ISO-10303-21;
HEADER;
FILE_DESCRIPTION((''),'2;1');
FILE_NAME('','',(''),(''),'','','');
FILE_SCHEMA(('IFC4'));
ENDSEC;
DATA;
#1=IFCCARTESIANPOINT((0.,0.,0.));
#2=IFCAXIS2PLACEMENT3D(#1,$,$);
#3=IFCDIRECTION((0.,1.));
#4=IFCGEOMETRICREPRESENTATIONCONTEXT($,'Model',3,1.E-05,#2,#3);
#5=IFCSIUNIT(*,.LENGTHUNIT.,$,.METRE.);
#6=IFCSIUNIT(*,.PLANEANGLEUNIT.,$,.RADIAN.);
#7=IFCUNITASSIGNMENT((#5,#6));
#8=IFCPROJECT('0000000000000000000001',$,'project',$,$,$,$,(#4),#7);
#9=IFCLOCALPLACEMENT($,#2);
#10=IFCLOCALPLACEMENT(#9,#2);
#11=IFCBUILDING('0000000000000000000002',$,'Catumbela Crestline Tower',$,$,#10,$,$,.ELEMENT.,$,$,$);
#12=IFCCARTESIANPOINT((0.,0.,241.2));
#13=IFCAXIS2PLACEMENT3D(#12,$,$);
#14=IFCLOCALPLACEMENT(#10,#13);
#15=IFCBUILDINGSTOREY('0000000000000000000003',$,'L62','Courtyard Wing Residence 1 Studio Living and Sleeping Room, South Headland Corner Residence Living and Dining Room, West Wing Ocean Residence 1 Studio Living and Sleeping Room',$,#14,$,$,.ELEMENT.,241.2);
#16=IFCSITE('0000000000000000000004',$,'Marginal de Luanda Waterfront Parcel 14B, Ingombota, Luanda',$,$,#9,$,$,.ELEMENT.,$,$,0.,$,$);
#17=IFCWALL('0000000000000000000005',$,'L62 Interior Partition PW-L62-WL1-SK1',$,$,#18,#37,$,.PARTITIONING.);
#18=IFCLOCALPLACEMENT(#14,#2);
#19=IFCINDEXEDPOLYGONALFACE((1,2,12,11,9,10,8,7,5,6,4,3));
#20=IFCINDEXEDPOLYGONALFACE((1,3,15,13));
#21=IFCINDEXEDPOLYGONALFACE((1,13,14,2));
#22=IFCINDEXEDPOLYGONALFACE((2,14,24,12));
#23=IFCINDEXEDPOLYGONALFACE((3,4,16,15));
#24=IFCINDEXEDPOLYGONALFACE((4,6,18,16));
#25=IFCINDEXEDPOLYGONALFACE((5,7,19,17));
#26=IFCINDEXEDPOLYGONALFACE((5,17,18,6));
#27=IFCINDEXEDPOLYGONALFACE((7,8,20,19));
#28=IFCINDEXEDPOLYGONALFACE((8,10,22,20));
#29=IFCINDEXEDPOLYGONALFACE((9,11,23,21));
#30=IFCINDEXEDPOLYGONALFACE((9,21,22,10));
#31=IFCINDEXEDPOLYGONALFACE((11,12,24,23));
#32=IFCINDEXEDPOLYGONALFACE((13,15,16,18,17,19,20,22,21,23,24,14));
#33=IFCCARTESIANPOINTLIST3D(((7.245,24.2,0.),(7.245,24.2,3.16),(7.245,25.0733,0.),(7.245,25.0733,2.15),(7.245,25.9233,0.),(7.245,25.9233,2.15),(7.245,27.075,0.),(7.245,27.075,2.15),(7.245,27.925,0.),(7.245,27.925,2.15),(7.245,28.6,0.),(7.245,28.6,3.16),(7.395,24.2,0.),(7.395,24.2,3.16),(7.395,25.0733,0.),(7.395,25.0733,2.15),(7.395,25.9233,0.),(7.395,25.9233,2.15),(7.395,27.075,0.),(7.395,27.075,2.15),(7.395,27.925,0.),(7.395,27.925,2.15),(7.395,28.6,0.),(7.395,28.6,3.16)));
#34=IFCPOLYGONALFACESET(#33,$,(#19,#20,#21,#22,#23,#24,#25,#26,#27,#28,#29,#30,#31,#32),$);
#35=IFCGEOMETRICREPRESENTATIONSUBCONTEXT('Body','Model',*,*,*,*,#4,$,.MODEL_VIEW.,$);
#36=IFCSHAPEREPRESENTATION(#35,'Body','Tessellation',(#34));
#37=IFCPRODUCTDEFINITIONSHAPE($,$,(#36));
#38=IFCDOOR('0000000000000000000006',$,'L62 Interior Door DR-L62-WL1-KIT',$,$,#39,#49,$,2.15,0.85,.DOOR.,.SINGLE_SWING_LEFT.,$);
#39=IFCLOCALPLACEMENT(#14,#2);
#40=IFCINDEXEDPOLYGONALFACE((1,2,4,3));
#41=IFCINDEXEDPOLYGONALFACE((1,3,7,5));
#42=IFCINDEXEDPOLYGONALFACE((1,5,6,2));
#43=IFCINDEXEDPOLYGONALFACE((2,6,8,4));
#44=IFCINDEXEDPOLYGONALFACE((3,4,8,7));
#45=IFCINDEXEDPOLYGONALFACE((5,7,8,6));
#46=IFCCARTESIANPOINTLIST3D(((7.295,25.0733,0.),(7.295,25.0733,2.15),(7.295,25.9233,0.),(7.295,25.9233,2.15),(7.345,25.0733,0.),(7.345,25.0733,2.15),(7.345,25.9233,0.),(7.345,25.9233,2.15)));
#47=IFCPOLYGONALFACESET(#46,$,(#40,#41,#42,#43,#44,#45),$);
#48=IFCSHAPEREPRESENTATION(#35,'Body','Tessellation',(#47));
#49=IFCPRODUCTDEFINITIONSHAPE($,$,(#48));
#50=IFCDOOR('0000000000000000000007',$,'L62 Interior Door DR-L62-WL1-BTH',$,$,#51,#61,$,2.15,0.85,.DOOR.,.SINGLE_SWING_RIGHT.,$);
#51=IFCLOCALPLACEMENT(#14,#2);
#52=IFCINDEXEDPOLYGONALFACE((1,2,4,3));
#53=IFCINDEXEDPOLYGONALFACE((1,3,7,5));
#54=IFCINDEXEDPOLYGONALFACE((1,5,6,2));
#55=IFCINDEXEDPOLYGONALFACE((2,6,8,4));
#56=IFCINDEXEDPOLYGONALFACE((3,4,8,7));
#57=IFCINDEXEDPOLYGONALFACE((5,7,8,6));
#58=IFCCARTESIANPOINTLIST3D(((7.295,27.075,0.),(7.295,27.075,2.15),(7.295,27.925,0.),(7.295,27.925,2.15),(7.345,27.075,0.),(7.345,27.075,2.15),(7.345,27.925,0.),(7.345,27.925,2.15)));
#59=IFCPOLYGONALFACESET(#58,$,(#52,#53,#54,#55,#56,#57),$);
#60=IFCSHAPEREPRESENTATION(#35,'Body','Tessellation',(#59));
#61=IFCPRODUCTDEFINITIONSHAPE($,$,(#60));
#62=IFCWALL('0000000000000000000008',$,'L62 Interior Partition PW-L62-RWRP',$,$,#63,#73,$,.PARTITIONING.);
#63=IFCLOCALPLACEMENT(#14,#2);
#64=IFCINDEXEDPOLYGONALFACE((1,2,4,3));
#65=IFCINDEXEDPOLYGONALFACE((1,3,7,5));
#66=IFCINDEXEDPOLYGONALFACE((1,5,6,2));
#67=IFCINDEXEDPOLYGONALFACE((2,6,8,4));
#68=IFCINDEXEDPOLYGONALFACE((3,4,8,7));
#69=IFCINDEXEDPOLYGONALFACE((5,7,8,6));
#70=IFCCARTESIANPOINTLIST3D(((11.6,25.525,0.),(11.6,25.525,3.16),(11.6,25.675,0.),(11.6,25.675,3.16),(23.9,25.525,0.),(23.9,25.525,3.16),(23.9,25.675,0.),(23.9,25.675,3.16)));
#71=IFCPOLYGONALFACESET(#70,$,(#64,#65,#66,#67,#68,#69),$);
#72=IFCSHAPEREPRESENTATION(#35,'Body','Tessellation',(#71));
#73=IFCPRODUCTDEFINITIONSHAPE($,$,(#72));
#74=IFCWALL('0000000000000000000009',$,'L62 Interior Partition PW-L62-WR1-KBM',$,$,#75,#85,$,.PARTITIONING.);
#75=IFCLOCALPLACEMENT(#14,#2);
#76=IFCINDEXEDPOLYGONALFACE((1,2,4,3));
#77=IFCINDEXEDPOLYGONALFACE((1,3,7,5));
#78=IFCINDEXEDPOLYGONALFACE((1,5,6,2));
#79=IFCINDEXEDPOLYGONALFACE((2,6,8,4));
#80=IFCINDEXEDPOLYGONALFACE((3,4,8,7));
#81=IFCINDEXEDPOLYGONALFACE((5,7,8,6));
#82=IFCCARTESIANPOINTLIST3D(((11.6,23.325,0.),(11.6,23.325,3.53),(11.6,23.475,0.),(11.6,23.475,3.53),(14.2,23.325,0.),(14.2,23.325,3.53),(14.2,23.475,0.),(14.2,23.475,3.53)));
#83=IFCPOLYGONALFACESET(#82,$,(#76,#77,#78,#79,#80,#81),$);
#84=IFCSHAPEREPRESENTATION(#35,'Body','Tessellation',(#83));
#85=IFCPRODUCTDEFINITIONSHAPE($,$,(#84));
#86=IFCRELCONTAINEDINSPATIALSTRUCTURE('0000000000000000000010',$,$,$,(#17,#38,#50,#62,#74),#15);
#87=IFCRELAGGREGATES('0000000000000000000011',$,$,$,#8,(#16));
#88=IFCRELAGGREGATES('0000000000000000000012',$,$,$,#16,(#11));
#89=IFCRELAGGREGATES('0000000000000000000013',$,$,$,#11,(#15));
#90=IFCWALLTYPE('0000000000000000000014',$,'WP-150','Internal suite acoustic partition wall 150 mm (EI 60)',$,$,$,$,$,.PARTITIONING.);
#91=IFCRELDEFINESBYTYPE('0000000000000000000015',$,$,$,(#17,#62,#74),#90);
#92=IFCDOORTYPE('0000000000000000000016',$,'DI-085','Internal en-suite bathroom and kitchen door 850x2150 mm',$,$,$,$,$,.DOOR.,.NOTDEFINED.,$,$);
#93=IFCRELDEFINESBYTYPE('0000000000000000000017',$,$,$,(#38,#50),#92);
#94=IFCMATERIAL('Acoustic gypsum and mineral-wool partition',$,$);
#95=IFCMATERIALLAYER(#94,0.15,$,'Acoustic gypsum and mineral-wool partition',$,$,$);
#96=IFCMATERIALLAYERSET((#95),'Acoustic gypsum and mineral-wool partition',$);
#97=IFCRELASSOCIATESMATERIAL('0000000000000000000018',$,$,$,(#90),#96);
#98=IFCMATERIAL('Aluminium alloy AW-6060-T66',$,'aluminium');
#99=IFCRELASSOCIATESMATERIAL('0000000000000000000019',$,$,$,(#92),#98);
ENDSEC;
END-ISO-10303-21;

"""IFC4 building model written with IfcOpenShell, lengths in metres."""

from ifc_helpers import new_model, si_unit, direction, frame, frame_2d, origin, place, context, subcontext, project, spatial, rectangle, extrude, material, layer, layer_set, type_object, element, fill, save


model = new_model("IFC4")

# Units and contexts
model_context = context("Model", 3, precision=1e-05, world=origin(), true_north=direction((0.0, 1.0)))
body_context = subcontext(model_context, "Body", "Model", "MODEL_VIEW")
ifc_project = project(units=[si_unit("LENGTHUNIT", "METRE"), si_unit("PLANEANGLEUNIT", "RADIAN")], contexts=[model_context])

# Site, building, storey
site_placement = place(None, origin())
site = spatial("IfcSite", under=ifc_project, at=site_placement, Name="Marginal de Luanda Waterfront Parcel 14B, Ingombota, Luanda", CompositionType="ELEMENT", RefElevation=0.0)
building_placement = place(site_placement, origin())
building = spatial("IfcBuilding", under=site, at=building_placement, Name="Catumbela Crestline Tower", CompositionType="ELEMENT")
storey_placement = place(building_placement, frame((0.0, 0.0, 241.2)))
storey = spatial("IfcBuildingStorey", under=building, at=storey_placement, Name="L62", Description="Courtyard Wing Residence 1 Studio Living and Sleeping Room, South Headland Corner Residence Living and Dining Room, West Wing Ocean Residence 1 Studio Living and Sleeping Room", CompositionType="ELEMENT", Elevation=241.2)

# Shared definitions
ifc_material_1 = material(Name="Acoustic gypsum and mineral-wool partition")
ifc_material_2 = material(Name="Aluminium alloy AW-6060-T66", Category="aluminium")

# Shared definitions
ifc_layer_1 = layer(ifc_material_1, 0.15, Name="Acoustic gypsum and mineral-wool partition")
ifc_layer_set_1 = layer_set([ifc_layer_1], Name="Acoustic gypsum and mineral-wool partition")
wall_type_1 = type_object("IfcWallType", Name="WP-150", Description="Internal suite acoustic partition wall 150 mm (EI 60)", PredefinedType="PARTITIONING", material=ifc_layer_set_1)

# Shared definitions
door_type_1 = type_object("IfcDoorType", Name="DI-085", Description="Internal en-suite bathroom and kitchen door 850x2150 mm", OperationType="NOTDEFINED", PredefinedType="DOOR", material=ifc_material_2)

# Wall, openings, doors
wall_1_placement = place(storey_placement, frame((7.32, 24.2, 0.0), z_axis=(0.0, 0.0, 1.0), x_axis=(0.0, 1.0, 0.0)))
wall_1 = element("IfcWall", 1, at=wall_1_placement, inside=storey, type_object=wall_type_1, Name="L62 Interior Partition PW-L62-WL1-SK1", PredefinedType="PARTITIONING", context=body_context, shape_type="SweptSolid", body=[
    extrude(rectangle(XDim=4.4, YDim=0.15, at=frame_2d((2.2, 0.0))), origin(), (0.0, 0.0, 1.0), 3.16),
])
opening_1_placement = place(wall_1_placement, frame((0.8733, 0.0, 0.0)))
opening_1 = element("IfcOpeningElement", 2, at=opening_1_placement, cuts=wall_1, PredefinedType="OPENING", context=body_context, shape_type="SweptSolid", body=[
    extrude(rectangle(XDim=0.85, YDim=2.15, at=frame_2d((0.425, 1.075))), frame((0.0, 0.085, 0.0), z_axis=(0.0, -1.0, 0.0), x_axis=(1.0, 0.0, 0.0)), (0.0, 0.0, 1.0), 0.17),
])
opening_2_placement = place(wall_1_placement, frame((2.875, 0.0, 0.0)))
opening_2 = element("IfcOpeningElement", 3, at=opening_2_placement, cuts=wall_1, PredefinedType="OPENING", context=body_context, shape_type="SweptSolid", body=[
    extrude(rectangle(XDim=0.85, YDim=2.15, at=frame_2d((0.425, 1.075))), frame((0.0, 0.085, 0.0), z_axis=(0.0, -1.0, 0.0), x_axis=(1.0, 0.0, 0.0)), (0.0, 0.0, 1.0), 0.17),
])
door_1_placement = place(opening_1_placement, origin())
door_1 = element("IfcDoor", 4, at=door_1_placement, inside=storey, type_object=door_type_1, Name="L62 Interior Door DR-L62-WL1-KIT", OperationType="SINGLE_SWING_LEFT", OverallHeight=2.15, OverallWidth=0.85, PredefinedType="DOOR", context=body_context, shape_type="SweptSolid", body=[
    extrude(rectangle(XDim=0.85, YDim=2.15, at=frame_2d((0.425, 1.075))), frame((0.0, 0.025, 0.0), z_axis=(0.0, -1.0, 0.0), x_axis=(1.0, 0.0, 0.0)), (0.0, 0.0, 1.0), 0.05),
])
fill(opening_1, door_1)
door_2_placement = place(opening_2_placement, origin())
door_2 = element("IfcDoor", 5, at=door_2_placement, inside=storey, type_object=door_type_1, Name="L62 Interior Door DR-L62-WL1-BTH", OperationType="SINGLE_SWING_RIGHT", OverallHeight=2.15, OverallWidth=0.85, PredefinedType="DOOR", context=body_context, shape_type="SweptSolid", body=[
    extrude(rectangle(XDim=0.85, YDim=2.15, at=frame_2d((0.425, 1.075))), frame((0.0, 0.025, 0.0), z_axis=(0.0, -1.0, 0.0), x_axis=(1.0, 0.0, 0.0)), (0.0, 0.0, 1.0), 0.05),
])
fill(opening_2, door_2)

# Walls
wall_2_placement = place(storey_placement, frame((11.6, 25.6, 0.0), z_axis=(0.0, 0.0, 1.0), x_axis=(1.0, 0.0, 0.0)))
element("IfcWall", 6, at=wall_2_placement, inside=storey, type_object=wall_type_1, Name="L62 Interior Partition PW-L62-RWRP", PredefinedType="PARTITIONING", context=body_context, shape_type="SweptSolid", body=[
    extrude(rectangle(XDim=12.3, YDim=0.15, at=frame_2d((6.15, 0.0))), origin(), (0.0, 0.0, 1.0), 3.16),
])
wall_3_placement = place(storey_placement, frame((11.6, 23.4, 0.0), z_axis=(0.0, 0.0, 1.0), x_axis=(1.0, 0.0, 0.0)))
element("IfcWall", 7, at=wall_3_placement, inside=storey, type_object=wall_type_1, Name="L62 Interior Partition PW-L62-WR1-KBM", PredefinedType="PARTITIONING", context=body_context, shape_type="SweptSolid", body=[
    extrude(rectangle(XDim=2.6, YDim=0.15, at=frame_2d((1.3, 0.0))), origin(), (0.0, 0.0, 1.0), 3.53),
])

save(model, "model.ifc")
